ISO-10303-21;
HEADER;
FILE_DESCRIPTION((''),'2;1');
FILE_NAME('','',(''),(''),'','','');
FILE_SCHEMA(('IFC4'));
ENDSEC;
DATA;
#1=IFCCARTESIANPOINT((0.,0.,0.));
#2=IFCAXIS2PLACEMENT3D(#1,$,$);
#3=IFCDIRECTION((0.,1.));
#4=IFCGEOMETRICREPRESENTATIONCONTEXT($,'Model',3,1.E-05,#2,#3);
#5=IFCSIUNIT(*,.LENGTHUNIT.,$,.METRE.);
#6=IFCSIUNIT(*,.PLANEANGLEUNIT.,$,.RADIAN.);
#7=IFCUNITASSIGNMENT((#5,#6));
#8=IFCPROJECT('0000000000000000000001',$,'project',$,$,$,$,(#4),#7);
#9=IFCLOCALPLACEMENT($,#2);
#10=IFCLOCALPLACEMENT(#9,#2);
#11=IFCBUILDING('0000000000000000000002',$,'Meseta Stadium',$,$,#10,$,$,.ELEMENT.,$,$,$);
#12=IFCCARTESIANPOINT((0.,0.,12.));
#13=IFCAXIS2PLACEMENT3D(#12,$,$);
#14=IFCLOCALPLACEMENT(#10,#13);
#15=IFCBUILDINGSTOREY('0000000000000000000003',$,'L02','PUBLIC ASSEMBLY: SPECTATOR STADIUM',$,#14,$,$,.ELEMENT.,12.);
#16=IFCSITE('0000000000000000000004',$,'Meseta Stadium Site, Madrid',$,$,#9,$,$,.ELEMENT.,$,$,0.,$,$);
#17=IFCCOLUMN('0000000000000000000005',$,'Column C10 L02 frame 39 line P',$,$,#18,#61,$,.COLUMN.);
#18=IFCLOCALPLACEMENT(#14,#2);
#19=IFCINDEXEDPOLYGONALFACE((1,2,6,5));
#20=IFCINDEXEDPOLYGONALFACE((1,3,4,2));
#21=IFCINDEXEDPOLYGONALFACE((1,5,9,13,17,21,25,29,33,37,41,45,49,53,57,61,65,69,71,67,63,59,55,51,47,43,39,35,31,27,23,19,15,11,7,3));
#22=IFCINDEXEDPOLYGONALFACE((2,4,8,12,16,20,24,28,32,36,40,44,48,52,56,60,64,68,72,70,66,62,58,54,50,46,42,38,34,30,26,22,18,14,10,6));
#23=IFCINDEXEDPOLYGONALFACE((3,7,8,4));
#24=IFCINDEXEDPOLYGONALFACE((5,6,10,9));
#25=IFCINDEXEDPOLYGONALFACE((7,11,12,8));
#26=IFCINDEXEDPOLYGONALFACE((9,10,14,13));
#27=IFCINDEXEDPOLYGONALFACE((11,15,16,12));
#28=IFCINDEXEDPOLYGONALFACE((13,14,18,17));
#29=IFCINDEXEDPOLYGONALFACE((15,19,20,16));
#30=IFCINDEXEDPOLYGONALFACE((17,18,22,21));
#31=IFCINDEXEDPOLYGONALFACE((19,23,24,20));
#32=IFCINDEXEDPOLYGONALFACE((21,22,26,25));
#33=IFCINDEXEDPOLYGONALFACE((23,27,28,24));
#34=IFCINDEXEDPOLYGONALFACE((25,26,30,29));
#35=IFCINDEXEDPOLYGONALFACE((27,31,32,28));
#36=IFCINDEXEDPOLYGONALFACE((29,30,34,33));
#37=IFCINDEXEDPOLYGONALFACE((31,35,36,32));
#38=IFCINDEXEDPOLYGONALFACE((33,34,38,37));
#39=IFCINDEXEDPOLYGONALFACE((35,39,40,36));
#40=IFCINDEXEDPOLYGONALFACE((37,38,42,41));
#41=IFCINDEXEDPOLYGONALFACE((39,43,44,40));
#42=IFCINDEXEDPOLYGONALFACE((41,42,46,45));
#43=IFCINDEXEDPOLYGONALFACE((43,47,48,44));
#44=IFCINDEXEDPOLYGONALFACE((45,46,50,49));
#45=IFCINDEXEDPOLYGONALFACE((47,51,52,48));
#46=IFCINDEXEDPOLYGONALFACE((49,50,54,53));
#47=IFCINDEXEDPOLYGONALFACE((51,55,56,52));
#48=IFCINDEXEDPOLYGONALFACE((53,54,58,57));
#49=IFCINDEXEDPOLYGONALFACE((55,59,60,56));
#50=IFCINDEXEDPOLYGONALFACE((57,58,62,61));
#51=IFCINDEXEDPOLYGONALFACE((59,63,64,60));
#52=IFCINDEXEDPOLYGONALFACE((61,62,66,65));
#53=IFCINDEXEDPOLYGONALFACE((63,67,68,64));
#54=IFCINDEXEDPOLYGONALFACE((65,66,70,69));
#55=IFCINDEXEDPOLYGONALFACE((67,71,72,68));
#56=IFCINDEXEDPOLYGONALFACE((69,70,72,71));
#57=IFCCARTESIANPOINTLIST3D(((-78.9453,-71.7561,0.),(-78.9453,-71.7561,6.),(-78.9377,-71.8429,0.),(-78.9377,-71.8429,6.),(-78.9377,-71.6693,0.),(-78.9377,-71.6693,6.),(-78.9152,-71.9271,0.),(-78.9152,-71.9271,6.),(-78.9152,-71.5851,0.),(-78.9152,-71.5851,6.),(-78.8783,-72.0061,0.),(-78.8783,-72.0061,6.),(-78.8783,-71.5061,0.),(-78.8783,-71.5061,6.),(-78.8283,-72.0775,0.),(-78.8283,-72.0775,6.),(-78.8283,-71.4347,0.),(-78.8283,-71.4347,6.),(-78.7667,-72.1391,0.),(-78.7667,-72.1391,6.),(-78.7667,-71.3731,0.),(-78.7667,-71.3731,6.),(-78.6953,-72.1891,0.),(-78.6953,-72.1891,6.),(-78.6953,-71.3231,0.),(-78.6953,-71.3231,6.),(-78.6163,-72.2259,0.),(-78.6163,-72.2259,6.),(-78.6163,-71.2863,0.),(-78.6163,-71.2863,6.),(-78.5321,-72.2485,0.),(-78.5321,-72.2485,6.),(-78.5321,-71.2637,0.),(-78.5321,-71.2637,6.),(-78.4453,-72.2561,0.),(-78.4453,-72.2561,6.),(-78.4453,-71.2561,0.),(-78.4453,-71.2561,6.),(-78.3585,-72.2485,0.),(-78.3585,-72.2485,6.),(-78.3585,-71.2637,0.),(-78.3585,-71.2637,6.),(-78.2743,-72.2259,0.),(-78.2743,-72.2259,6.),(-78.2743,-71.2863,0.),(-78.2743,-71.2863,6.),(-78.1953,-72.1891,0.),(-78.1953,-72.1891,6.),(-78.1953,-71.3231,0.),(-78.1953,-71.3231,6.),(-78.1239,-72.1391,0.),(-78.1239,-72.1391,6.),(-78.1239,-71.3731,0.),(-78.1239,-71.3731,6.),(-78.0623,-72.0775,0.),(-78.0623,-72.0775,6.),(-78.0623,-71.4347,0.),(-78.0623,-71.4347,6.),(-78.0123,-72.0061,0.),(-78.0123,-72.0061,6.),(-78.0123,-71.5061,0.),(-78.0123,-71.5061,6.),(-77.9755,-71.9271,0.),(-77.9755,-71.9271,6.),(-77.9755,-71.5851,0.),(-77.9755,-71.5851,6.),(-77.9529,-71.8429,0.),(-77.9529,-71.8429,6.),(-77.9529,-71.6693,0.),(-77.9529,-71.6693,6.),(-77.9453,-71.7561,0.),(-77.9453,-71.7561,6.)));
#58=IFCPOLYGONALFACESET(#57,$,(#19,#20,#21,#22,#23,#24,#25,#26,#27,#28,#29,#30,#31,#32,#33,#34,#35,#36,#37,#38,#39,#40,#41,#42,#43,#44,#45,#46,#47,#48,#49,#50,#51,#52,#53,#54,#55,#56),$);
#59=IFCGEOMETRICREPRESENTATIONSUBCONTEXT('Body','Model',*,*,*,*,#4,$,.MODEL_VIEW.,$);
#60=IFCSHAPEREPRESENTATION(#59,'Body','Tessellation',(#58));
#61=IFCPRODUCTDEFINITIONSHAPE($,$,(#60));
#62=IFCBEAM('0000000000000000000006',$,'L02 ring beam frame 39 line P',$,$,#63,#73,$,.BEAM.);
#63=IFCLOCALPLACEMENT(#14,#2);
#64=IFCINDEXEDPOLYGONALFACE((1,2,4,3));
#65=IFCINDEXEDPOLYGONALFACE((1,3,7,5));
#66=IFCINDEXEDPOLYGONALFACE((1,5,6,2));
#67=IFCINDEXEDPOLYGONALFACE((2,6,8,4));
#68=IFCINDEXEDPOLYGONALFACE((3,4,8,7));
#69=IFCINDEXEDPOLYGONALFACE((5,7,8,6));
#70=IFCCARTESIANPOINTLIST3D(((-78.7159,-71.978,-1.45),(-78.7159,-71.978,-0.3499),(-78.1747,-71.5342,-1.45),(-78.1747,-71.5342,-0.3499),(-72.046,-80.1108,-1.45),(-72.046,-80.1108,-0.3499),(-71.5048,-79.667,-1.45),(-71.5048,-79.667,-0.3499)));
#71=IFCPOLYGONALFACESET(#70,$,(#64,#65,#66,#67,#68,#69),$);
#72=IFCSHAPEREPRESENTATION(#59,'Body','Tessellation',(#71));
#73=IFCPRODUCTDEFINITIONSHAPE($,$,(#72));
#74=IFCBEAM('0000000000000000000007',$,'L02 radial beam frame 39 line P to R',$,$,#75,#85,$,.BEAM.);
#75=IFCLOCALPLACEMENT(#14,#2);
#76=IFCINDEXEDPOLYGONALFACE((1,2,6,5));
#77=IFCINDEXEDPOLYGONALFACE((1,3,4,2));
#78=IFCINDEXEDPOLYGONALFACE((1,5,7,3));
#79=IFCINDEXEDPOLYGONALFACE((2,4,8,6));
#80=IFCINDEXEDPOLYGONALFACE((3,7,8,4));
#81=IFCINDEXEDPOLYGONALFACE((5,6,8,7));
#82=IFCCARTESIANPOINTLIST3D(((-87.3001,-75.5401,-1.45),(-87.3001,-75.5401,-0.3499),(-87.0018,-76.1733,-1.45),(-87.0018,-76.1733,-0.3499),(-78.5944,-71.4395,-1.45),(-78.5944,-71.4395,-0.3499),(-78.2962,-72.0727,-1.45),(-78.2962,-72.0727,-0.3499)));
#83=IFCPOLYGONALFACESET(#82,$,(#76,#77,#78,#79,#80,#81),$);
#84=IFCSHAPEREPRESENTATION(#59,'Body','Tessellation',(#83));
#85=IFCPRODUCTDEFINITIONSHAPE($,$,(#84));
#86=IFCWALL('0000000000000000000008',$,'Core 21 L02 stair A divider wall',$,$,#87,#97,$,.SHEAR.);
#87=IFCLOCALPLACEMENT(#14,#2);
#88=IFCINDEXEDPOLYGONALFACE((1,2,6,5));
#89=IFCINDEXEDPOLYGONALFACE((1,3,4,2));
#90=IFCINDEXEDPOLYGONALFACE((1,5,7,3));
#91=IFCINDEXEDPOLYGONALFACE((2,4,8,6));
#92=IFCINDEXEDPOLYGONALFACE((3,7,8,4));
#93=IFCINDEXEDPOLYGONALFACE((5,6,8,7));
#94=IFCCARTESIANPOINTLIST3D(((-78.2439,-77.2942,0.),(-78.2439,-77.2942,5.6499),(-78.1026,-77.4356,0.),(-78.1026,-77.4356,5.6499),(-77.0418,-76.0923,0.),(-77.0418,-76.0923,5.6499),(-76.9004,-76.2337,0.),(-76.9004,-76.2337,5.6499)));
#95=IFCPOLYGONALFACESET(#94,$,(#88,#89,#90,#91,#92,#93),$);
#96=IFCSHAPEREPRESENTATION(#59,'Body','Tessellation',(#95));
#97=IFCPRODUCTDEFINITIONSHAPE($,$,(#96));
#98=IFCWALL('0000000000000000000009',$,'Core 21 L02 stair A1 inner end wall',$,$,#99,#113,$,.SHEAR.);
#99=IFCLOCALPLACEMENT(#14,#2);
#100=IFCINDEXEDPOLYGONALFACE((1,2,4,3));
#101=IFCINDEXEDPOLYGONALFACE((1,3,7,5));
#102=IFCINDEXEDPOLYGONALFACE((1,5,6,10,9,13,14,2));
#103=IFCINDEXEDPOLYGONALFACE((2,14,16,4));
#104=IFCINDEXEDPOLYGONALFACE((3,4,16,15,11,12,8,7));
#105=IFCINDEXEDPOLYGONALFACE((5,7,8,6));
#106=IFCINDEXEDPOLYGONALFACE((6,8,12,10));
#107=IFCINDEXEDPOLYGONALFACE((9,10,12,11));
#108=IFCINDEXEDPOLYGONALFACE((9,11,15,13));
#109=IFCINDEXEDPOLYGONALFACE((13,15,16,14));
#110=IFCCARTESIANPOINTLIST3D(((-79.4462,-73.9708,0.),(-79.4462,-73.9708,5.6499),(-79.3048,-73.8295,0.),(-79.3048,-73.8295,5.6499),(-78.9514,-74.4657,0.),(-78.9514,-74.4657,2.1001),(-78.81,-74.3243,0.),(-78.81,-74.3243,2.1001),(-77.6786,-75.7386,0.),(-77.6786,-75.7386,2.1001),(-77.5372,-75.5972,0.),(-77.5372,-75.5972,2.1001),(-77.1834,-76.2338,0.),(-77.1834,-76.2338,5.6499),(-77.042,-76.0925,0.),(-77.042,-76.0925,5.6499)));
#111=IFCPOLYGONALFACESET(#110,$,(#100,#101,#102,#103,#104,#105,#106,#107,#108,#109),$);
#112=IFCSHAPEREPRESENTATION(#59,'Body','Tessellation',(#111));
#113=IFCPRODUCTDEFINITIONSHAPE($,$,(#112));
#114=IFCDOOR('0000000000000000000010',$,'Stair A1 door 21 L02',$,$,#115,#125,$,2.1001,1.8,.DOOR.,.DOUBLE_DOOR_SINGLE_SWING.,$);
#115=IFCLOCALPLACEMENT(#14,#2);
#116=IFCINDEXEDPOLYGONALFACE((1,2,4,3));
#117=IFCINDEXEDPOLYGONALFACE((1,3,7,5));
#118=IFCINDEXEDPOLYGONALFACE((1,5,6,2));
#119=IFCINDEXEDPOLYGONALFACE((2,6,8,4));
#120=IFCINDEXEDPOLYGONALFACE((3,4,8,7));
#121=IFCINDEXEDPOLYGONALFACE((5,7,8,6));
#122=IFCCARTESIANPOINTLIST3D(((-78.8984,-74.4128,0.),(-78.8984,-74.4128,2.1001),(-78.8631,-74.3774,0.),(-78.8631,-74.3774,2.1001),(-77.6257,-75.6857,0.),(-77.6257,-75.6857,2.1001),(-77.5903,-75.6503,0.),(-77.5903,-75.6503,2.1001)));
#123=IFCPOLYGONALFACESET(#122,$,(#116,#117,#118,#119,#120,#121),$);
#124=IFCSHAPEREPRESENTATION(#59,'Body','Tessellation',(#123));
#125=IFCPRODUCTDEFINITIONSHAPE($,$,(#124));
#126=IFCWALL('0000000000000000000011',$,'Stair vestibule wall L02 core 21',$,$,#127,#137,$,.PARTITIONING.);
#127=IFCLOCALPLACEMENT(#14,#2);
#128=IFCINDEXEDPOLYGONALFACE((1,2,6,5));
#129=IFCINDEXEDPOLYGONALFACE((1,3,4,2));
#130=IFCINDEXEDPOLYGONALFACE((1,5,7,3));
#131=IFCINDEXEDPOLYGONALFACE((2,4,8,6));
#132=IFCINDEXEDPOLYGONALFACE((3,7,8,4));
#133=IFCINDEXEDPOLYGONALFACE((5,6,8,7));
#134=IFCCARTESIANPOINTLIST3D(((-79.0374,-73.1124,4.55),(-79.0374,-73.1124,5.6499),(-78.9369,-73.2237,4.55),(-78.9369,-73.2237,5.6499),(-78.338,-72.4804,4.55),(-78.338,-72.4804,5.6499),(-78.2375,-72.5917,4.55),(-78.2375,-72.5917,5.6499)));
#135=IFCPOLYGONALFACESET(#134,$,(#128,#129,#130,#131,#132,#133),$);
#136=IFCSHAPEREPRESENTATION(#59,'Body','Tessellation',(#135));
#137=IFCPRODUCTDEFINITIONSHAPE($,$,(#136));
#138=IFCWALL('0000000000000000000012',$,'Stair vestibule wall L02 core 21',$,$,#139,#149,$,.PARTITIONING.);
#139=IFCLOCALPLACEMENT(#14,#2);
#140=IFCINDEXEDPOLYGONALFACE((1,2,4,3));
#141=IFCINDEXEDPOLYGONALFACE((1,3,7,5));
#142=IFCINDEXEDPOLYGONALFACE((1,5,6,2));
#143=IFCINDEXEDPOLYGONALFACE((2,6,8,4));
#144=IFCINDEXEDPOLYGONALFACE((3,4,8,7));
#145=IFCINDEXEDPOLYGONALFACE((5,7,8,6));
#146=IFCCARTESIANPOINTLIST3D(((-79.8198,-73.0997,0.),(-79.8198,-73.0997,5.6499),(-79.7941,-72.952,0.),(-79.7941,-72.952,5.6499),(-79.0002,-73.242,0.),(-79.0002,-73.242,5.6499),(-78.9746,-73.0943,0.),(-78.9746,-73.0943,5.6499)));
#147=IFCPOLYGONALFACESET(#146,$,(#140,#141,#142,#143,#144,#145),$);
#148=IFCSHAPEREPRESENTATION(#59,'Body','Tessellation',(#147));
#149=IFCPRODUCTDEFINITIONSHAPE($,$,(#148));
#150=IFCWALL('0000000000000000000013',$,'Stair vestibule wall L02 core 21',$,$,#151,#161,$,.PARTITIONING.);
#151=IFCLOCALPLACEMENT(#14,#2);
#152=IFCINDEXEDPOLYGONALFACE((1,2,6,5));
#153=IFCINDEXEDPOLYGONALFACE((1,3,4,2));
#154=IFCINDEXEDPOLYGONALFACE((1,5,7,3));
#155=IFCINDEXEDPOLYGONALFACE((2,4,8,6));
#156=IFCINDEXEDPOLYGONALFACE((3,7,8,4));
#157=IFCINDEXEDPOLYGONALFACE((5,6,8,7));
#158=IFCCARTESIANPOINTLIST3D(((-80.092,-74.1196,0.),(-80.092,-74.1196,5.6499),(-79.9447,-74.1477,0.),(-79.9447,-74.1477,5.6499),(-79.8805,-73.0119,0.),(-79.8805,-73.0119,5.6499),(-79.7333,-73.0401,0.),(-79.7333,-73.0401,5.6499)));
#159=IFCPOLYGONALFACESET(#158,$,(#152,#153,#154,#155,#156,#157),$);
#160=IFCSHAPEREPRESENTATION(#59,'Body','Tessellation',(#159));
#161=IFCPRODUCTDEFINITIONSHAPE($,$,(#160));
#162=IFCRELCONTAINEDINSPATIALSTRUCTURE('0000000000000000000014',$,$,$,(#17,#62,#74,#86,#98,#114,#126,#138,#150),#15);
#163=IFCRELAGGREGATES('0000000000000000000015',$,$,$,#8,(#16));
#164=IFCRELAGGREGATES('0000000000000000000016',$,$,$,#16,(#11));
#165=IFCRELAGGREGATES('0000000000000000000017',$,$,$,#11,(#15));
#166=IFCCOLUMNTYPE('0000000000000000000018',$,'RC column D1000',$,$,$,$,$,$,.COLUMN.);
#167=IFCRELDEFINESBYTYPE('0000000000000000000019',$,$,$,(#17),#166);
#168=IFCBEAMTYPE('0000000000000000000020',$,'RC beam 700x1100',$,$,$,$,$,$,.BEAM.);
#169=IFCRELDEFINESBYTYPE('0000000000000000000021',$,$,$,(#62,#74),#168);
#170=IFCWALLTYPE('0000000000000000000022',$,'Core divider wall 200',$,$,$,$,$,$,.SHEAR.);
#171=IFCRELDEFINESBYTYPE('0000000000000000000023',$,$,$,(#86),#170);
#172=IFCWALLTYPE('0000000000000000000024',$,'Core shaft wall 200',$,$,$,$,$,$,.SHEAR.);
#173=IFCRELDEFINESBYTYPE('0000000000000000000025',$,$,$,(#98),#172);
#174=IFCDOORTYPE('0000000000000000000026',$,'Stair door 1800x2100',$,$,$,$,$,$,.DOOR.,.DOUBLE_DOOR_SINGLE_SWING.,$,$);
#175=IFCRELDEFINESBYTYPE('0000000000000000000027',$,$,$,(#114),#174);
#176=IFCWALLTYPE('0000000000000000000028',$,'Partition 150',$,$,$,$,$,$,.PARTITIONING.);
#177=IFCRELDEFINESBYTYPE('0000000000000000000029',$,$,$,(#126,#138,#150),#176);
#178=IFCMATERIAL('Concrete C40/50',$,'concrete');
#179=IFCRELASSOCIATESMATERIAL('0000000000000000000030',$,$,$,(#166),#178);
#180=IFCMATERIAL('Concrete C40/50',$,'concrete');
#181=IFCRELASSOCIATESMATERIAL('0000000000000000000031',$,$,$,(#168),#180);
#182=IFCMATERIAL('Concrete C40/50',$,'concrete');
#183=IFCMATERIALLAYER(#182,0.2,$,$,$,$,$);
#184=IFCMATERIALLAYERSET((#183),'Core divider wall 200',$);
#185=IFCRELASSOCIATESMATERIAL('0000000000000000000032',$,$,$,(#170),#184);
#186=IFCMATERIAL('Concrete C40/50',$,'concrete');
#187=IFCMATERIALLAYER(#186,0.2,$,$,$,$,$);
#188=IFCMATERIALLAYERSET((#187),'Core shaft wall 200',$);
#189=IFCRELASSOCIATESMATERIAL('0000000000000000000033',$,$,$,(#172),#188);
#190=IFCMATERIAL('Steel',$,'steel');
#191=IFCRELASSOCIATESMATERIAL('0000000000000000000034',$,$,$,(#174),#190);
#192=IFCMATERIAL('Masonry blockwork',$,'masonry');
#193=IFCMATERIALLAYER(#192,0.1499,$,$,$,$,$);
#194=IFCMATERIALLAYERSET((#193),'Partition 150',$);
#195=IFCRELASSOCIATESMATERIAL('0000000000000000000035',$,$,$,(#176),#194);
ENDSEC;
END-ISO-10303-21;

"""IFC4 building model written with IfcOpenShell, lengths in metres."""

from ifc_helpers import new_model, si_unit, direction, frame, frame_2d, origin, origin_2d, place, context, subcontext, project, spatial, rectangle, circle, extrude, material, layer, layer_set, material_profile, profile_set, type_object, element, fill, save


model = new_model("IFC4")

# Units and contexts
model_context = context("Model", 3, precision=1e-05, world=origin(), true_north=direction((0.0, 1.0)))
body_context = subcontext(model_context, "Body", "Model", "MODEL_VIEW")
ifc_project = project(units=[si_unit("LENGTHUNIT", "METRE"), si_unit("PLANEANGLEUNIT", "RADIAN")], contexts=[model_context])

# Site, building, storey
site_placement = place(None, origin())
site = spatial("IfcSite", under=ifc_project, at=site_placement, Name="Meseta Stadium Site, Madrid", CompositionType="ELEMENT", RefElevation=0.0)
building_placement = place(site_placement, origin())
building = spatial("IfcBuilding", under=site, at=building_placement, Name="Meseta Stadium", CompositionType="ELEMENT")
storey_placement = place(building_placement, frame((0.0, 0.0, 12.0)))
storey = spatial("IfcBuildingStorey", under=building, at=storey_placement, Name="L02", Description="PUBLIC ASSEMBLY: SPECTATOR STADIUM", CompositionType="ELEMENT", Elevation=12.0)

# Column
ifc_material_1 = material(Name="Concrete C40/50", Category="concrete")
ifc_material_profile_1 = material_profile(ifc_material_1, circle(Radius=0.5, at=origin_2d()), Name="RC D1000")
ifc_profile_set_1 = profile_set([ifc_material_profile_1], Name="Concrete C40/50")
column_type = type_object("IfcColumnType", Name="RC column D1000", PredefinedType="COLUMN", material=ifc_profile_set_1)
column_placement = place(storey_placement, frame((-78.4453, -71.7561, 0.0), z_axis=(0.0, 0.0, 1.0), x_axis=(1.0, 0.0, 0.0)))
element("IfcColumn", 1, at=column_placement, inside=storey, type_object=column_type, Name="Column C10 L02 frame 39 line P", PredefinedType="COLUMN", context=body_context, shape_type="SweptSolid", body=[
    extrude(circle(Radius=0.5, at=origin_2d()), origin(), (0.0, 0.0, 1.0), 6.0),
])

# Beams
ifc_material_2 = material(Name="Concrete C40/50", Category="concrete")
ifc_material_profile_2 = material_profile(ifc_material_2, rectangle(XDim=0.7, YDim=1.1001, at=origin_2d()), Name="RC 700x1100")
ifc_profile_set_2 = profile_set([ifc_material_profile_2], Name="Concrete C40/50")
beam_type = type_object("IfcBeamType", Name="RC beam 700x1100", PredefinedType="BEAM", material=ifc_profile_set_2)
beam_1_placement = place(storey_placement, frame((-78.4453, -71.7561, -0.8999), z_axis=(0.634137, -0.77322, 0.0), x_axis=(0.77322, 0.634137, 0.0)))
element("IfcBeam", 2, at=beam_1_placement, inside=storey, type_object=beam_type, Name="L02 ring beam frame 39 line P", PredefinedType="BEAM", context=body_context, shape_type="SweptSolid", body=[
    extrude(rectangle(XDim=0.7, YDim=1.1001, at=origin_2d()), origin(), (0.0, 0.0, 1.0), 10.5181),
])
beam_2_placement = place(storey_placement, frame((-78.4453, -71.7561, -0.8999), z_axis=(-0.904665, -0.426124, 0.0), x_axis=(0.426124, -0.904665, 0.0)))
element("IfcBeam", 3, at=beam_2_placement, inside=storey, type_object=beam_type, Name="L02 radial beam frame 39 line P to R", PredefinedType="BEAM", context=body_context, shape_type="SweptSolid", body=[
    extrude(rectangle(XDim=0.7, YDim=1.1001, at=origin_2d()), origin(), (0.0, 0.0, 1.0), 9.623),
])

# Wall
ifc_material_3 = material(Name="Concrete C40/50", Category="concrete")
ifc_layer_1 = layer(ifc_material_3, 0.2)
ifc_layer_set_1 = layer_set([ifc_layer_1], Name="Core divider wall 200")
wall_type_1 = type_object("IfcWallType", Name="Core divider wall 200", PredefinedType="SHEAR", material=ifc_layer_set_1)
wall_1_placement = place(storey_placement, frame((-78.1733, -77.365, 0.0), z_axis=(0.0, 0.0, 1.0), x_axis=(0.707179, 0.707035, 0.0)))
element("IfcWall", 4, at=wall_1_placement, inside=storey, type_object=wall_type_1, Name="Core 21 L02 stair A divider wall", PredefinedType="SHEAR", context=body_context, shape_type="SweptSolid", body=[
    extrude(rectangle(XDim=1.7, YDim=0.2, at=frame_2d((0.8501, 0.0))), origin(), (0.0, 0.0, 1.0), 5.6499),
])

# Wall, opening, door
ifc_material_4 = material(Name="Concrete C40/50", Category="concrete")
ifc_layer_2 = layer(ifc_material_4, 0.2)
ifc_layer_set_2 = layer_set([ifc_layer_2], Name="Core shaft wall 200")
wall_type_2 = type_object("IfcWallType", Name="Core shaft wall 200", PredefinedType="SHEAR", material=ifc_layer_set_2)
wall_2_placement = place(storey_placement, frame((-79.3755, -73.9001, 0.0), z_axis=(0.0, 0.0, 1.0), x_axis=(0.707069, -0.707145, 0.0)))
wall_2 = element("IfcWall", 5, at=wall_2_placement, inside=storey, type_object=wall_type_2, Name="Core 21 L02 stair A1 inner end wall", PredefinedType="SHEAR", context=body_context, shape_type="SweptSolid", body=[
    extrude(rectangle(XDim=3.2002, YDim=0.2, at=frame_2d((1.6001, 0.0))), origin(), (0.0, 0.0, 1.0), 5.6499),
])
opening_placement = place(wall_2_placement, frame((0.7, 0.0, 0.0)))
opening = element("IfcOpeningElement", 6, at=opening_placement, cuts=wall_2, PredefinedType="OPENING", context=body_context, shape_type="SweptSolid", body=[
    extrude(rectangle(XDim=1.8, YDim=2.1001, at=frame_2d((0.8999, 1.05))), frame((0.0, 0.1099, 0.0), z_axis=(0.0, -1.0, 0.0), x_axis=(1.0, 0.0, 0.0)), (0.0, 0.0, 1.0), 0.22),
])
ifc_material_5 = material(Name="Steel", Category="steel")
door_type = type_object("IfcDoorType", Name="Stair door 1800x2100", OperationType="DOUBLE_DOOR_SINGLE_SWING", PredefinedType="DOOR", material=ifc_material_5)
door_placement = place(opening_placement, origin())
door = element("IfcDoor", 7, at=door_placement, inside=storey, type_object=door_type, Name="Stair A1 door 21 L02", OperationType="DOUBLE_DOOR_SINGLE_SWING", OverallHeight=2.1001, OverallWidth=1.8, PredefinedType="DOOR", context=body_context, shape_type="SweptSolid", body=[
    extrude(rectangle(XDim=1.8, YDim=2.1001, at=frame_2d((0.8999, 1.05))), frame((0.0, 0.0249, 0.0), z_axis=(0.0, -1.0, 0.0), x_axis=(1.0, 0.0, 0.0)), (0.0, 0.0, 1.0), 0.05),
])
fill(opening, door)

# Walls
ifc_material_6 = material(Name="Masonry blockwork", Category="masonry")
ifc_layer_3 = layer(ifc_material_6, 0.1499)
ifc_layer_set_3 = layer_set([ifc_layer_3], Name="Partition 150")
wall_type_3 = type_object("IfcWallType", Name="Partition 150", PredefinedType="PARTITIONING", material=ifc_layer_set_3)
wall_3_placement = place(storey_placement, frame((-78.2878, -72.5361, 4.55), z_axis=(0.0, 0.0, 1.0), x_axis=(-0.741941, -0.670466, 0.0)))
element("IfcWall", 8, at=wall_3_placement, inside=storey, type_object=wall_type_3, Name="Stair vestibule wall L02 core 21", PredefinedType="PARTITIONING", context=body_context, shape_type="SweptSolid", body=[
    extrude(rectangle(XDim=0.9426, YDim=0.1499, at=frame_2d((0.4712, 0.0))), origin(), (0.0, 0.0, 1.0), 1.0999),
])
wall_4_placement = place(storey_placement, frame((-78.9873, -73.1682, 0.0), z_axis=(0.0, 0.0, 1.0), x_axis=(-0.985253, 0.171106, 0.0)))
element("IfcWall", 9, at=wall_4_placement, inside=storey, type_object=wall_type_3, Name="Stair vestibule wall L02 core 21", PredefinedType="PARTITIONING", context=body_context, shape_type="SweptSolid", body=[
    extrude(rectangle(XDim=0.8318, YDim=0.1499, at=frame_2d((0.416, 0.0))), origin(), (0.0, 0.0, 1.0), 5.6499),
])
wall_5_placement = place(storey_placement, frame((-79.8069, -73.0259, 0.0), z_axis=(0.0, 0.0, 1.0), x_axis=(-0.18749, -0.982266, 0.0)))
element("IfcWall", 10, at=wall_5_placement, inside=storey, type_object=wall_type_3, Name="Stair vestibule wall L02 core 21", PredefinedType="PARTITIONING", context=body_context, shape_type="SweptSolid", body=[
    extrude(rectangle(XDim=1.1277, YDim=0.1499, at=frame_2d((0.564, 0.0))), origin(), (0.0, 0.0, 1.0), 5.6499),
])

save(model, "model.ifc")
